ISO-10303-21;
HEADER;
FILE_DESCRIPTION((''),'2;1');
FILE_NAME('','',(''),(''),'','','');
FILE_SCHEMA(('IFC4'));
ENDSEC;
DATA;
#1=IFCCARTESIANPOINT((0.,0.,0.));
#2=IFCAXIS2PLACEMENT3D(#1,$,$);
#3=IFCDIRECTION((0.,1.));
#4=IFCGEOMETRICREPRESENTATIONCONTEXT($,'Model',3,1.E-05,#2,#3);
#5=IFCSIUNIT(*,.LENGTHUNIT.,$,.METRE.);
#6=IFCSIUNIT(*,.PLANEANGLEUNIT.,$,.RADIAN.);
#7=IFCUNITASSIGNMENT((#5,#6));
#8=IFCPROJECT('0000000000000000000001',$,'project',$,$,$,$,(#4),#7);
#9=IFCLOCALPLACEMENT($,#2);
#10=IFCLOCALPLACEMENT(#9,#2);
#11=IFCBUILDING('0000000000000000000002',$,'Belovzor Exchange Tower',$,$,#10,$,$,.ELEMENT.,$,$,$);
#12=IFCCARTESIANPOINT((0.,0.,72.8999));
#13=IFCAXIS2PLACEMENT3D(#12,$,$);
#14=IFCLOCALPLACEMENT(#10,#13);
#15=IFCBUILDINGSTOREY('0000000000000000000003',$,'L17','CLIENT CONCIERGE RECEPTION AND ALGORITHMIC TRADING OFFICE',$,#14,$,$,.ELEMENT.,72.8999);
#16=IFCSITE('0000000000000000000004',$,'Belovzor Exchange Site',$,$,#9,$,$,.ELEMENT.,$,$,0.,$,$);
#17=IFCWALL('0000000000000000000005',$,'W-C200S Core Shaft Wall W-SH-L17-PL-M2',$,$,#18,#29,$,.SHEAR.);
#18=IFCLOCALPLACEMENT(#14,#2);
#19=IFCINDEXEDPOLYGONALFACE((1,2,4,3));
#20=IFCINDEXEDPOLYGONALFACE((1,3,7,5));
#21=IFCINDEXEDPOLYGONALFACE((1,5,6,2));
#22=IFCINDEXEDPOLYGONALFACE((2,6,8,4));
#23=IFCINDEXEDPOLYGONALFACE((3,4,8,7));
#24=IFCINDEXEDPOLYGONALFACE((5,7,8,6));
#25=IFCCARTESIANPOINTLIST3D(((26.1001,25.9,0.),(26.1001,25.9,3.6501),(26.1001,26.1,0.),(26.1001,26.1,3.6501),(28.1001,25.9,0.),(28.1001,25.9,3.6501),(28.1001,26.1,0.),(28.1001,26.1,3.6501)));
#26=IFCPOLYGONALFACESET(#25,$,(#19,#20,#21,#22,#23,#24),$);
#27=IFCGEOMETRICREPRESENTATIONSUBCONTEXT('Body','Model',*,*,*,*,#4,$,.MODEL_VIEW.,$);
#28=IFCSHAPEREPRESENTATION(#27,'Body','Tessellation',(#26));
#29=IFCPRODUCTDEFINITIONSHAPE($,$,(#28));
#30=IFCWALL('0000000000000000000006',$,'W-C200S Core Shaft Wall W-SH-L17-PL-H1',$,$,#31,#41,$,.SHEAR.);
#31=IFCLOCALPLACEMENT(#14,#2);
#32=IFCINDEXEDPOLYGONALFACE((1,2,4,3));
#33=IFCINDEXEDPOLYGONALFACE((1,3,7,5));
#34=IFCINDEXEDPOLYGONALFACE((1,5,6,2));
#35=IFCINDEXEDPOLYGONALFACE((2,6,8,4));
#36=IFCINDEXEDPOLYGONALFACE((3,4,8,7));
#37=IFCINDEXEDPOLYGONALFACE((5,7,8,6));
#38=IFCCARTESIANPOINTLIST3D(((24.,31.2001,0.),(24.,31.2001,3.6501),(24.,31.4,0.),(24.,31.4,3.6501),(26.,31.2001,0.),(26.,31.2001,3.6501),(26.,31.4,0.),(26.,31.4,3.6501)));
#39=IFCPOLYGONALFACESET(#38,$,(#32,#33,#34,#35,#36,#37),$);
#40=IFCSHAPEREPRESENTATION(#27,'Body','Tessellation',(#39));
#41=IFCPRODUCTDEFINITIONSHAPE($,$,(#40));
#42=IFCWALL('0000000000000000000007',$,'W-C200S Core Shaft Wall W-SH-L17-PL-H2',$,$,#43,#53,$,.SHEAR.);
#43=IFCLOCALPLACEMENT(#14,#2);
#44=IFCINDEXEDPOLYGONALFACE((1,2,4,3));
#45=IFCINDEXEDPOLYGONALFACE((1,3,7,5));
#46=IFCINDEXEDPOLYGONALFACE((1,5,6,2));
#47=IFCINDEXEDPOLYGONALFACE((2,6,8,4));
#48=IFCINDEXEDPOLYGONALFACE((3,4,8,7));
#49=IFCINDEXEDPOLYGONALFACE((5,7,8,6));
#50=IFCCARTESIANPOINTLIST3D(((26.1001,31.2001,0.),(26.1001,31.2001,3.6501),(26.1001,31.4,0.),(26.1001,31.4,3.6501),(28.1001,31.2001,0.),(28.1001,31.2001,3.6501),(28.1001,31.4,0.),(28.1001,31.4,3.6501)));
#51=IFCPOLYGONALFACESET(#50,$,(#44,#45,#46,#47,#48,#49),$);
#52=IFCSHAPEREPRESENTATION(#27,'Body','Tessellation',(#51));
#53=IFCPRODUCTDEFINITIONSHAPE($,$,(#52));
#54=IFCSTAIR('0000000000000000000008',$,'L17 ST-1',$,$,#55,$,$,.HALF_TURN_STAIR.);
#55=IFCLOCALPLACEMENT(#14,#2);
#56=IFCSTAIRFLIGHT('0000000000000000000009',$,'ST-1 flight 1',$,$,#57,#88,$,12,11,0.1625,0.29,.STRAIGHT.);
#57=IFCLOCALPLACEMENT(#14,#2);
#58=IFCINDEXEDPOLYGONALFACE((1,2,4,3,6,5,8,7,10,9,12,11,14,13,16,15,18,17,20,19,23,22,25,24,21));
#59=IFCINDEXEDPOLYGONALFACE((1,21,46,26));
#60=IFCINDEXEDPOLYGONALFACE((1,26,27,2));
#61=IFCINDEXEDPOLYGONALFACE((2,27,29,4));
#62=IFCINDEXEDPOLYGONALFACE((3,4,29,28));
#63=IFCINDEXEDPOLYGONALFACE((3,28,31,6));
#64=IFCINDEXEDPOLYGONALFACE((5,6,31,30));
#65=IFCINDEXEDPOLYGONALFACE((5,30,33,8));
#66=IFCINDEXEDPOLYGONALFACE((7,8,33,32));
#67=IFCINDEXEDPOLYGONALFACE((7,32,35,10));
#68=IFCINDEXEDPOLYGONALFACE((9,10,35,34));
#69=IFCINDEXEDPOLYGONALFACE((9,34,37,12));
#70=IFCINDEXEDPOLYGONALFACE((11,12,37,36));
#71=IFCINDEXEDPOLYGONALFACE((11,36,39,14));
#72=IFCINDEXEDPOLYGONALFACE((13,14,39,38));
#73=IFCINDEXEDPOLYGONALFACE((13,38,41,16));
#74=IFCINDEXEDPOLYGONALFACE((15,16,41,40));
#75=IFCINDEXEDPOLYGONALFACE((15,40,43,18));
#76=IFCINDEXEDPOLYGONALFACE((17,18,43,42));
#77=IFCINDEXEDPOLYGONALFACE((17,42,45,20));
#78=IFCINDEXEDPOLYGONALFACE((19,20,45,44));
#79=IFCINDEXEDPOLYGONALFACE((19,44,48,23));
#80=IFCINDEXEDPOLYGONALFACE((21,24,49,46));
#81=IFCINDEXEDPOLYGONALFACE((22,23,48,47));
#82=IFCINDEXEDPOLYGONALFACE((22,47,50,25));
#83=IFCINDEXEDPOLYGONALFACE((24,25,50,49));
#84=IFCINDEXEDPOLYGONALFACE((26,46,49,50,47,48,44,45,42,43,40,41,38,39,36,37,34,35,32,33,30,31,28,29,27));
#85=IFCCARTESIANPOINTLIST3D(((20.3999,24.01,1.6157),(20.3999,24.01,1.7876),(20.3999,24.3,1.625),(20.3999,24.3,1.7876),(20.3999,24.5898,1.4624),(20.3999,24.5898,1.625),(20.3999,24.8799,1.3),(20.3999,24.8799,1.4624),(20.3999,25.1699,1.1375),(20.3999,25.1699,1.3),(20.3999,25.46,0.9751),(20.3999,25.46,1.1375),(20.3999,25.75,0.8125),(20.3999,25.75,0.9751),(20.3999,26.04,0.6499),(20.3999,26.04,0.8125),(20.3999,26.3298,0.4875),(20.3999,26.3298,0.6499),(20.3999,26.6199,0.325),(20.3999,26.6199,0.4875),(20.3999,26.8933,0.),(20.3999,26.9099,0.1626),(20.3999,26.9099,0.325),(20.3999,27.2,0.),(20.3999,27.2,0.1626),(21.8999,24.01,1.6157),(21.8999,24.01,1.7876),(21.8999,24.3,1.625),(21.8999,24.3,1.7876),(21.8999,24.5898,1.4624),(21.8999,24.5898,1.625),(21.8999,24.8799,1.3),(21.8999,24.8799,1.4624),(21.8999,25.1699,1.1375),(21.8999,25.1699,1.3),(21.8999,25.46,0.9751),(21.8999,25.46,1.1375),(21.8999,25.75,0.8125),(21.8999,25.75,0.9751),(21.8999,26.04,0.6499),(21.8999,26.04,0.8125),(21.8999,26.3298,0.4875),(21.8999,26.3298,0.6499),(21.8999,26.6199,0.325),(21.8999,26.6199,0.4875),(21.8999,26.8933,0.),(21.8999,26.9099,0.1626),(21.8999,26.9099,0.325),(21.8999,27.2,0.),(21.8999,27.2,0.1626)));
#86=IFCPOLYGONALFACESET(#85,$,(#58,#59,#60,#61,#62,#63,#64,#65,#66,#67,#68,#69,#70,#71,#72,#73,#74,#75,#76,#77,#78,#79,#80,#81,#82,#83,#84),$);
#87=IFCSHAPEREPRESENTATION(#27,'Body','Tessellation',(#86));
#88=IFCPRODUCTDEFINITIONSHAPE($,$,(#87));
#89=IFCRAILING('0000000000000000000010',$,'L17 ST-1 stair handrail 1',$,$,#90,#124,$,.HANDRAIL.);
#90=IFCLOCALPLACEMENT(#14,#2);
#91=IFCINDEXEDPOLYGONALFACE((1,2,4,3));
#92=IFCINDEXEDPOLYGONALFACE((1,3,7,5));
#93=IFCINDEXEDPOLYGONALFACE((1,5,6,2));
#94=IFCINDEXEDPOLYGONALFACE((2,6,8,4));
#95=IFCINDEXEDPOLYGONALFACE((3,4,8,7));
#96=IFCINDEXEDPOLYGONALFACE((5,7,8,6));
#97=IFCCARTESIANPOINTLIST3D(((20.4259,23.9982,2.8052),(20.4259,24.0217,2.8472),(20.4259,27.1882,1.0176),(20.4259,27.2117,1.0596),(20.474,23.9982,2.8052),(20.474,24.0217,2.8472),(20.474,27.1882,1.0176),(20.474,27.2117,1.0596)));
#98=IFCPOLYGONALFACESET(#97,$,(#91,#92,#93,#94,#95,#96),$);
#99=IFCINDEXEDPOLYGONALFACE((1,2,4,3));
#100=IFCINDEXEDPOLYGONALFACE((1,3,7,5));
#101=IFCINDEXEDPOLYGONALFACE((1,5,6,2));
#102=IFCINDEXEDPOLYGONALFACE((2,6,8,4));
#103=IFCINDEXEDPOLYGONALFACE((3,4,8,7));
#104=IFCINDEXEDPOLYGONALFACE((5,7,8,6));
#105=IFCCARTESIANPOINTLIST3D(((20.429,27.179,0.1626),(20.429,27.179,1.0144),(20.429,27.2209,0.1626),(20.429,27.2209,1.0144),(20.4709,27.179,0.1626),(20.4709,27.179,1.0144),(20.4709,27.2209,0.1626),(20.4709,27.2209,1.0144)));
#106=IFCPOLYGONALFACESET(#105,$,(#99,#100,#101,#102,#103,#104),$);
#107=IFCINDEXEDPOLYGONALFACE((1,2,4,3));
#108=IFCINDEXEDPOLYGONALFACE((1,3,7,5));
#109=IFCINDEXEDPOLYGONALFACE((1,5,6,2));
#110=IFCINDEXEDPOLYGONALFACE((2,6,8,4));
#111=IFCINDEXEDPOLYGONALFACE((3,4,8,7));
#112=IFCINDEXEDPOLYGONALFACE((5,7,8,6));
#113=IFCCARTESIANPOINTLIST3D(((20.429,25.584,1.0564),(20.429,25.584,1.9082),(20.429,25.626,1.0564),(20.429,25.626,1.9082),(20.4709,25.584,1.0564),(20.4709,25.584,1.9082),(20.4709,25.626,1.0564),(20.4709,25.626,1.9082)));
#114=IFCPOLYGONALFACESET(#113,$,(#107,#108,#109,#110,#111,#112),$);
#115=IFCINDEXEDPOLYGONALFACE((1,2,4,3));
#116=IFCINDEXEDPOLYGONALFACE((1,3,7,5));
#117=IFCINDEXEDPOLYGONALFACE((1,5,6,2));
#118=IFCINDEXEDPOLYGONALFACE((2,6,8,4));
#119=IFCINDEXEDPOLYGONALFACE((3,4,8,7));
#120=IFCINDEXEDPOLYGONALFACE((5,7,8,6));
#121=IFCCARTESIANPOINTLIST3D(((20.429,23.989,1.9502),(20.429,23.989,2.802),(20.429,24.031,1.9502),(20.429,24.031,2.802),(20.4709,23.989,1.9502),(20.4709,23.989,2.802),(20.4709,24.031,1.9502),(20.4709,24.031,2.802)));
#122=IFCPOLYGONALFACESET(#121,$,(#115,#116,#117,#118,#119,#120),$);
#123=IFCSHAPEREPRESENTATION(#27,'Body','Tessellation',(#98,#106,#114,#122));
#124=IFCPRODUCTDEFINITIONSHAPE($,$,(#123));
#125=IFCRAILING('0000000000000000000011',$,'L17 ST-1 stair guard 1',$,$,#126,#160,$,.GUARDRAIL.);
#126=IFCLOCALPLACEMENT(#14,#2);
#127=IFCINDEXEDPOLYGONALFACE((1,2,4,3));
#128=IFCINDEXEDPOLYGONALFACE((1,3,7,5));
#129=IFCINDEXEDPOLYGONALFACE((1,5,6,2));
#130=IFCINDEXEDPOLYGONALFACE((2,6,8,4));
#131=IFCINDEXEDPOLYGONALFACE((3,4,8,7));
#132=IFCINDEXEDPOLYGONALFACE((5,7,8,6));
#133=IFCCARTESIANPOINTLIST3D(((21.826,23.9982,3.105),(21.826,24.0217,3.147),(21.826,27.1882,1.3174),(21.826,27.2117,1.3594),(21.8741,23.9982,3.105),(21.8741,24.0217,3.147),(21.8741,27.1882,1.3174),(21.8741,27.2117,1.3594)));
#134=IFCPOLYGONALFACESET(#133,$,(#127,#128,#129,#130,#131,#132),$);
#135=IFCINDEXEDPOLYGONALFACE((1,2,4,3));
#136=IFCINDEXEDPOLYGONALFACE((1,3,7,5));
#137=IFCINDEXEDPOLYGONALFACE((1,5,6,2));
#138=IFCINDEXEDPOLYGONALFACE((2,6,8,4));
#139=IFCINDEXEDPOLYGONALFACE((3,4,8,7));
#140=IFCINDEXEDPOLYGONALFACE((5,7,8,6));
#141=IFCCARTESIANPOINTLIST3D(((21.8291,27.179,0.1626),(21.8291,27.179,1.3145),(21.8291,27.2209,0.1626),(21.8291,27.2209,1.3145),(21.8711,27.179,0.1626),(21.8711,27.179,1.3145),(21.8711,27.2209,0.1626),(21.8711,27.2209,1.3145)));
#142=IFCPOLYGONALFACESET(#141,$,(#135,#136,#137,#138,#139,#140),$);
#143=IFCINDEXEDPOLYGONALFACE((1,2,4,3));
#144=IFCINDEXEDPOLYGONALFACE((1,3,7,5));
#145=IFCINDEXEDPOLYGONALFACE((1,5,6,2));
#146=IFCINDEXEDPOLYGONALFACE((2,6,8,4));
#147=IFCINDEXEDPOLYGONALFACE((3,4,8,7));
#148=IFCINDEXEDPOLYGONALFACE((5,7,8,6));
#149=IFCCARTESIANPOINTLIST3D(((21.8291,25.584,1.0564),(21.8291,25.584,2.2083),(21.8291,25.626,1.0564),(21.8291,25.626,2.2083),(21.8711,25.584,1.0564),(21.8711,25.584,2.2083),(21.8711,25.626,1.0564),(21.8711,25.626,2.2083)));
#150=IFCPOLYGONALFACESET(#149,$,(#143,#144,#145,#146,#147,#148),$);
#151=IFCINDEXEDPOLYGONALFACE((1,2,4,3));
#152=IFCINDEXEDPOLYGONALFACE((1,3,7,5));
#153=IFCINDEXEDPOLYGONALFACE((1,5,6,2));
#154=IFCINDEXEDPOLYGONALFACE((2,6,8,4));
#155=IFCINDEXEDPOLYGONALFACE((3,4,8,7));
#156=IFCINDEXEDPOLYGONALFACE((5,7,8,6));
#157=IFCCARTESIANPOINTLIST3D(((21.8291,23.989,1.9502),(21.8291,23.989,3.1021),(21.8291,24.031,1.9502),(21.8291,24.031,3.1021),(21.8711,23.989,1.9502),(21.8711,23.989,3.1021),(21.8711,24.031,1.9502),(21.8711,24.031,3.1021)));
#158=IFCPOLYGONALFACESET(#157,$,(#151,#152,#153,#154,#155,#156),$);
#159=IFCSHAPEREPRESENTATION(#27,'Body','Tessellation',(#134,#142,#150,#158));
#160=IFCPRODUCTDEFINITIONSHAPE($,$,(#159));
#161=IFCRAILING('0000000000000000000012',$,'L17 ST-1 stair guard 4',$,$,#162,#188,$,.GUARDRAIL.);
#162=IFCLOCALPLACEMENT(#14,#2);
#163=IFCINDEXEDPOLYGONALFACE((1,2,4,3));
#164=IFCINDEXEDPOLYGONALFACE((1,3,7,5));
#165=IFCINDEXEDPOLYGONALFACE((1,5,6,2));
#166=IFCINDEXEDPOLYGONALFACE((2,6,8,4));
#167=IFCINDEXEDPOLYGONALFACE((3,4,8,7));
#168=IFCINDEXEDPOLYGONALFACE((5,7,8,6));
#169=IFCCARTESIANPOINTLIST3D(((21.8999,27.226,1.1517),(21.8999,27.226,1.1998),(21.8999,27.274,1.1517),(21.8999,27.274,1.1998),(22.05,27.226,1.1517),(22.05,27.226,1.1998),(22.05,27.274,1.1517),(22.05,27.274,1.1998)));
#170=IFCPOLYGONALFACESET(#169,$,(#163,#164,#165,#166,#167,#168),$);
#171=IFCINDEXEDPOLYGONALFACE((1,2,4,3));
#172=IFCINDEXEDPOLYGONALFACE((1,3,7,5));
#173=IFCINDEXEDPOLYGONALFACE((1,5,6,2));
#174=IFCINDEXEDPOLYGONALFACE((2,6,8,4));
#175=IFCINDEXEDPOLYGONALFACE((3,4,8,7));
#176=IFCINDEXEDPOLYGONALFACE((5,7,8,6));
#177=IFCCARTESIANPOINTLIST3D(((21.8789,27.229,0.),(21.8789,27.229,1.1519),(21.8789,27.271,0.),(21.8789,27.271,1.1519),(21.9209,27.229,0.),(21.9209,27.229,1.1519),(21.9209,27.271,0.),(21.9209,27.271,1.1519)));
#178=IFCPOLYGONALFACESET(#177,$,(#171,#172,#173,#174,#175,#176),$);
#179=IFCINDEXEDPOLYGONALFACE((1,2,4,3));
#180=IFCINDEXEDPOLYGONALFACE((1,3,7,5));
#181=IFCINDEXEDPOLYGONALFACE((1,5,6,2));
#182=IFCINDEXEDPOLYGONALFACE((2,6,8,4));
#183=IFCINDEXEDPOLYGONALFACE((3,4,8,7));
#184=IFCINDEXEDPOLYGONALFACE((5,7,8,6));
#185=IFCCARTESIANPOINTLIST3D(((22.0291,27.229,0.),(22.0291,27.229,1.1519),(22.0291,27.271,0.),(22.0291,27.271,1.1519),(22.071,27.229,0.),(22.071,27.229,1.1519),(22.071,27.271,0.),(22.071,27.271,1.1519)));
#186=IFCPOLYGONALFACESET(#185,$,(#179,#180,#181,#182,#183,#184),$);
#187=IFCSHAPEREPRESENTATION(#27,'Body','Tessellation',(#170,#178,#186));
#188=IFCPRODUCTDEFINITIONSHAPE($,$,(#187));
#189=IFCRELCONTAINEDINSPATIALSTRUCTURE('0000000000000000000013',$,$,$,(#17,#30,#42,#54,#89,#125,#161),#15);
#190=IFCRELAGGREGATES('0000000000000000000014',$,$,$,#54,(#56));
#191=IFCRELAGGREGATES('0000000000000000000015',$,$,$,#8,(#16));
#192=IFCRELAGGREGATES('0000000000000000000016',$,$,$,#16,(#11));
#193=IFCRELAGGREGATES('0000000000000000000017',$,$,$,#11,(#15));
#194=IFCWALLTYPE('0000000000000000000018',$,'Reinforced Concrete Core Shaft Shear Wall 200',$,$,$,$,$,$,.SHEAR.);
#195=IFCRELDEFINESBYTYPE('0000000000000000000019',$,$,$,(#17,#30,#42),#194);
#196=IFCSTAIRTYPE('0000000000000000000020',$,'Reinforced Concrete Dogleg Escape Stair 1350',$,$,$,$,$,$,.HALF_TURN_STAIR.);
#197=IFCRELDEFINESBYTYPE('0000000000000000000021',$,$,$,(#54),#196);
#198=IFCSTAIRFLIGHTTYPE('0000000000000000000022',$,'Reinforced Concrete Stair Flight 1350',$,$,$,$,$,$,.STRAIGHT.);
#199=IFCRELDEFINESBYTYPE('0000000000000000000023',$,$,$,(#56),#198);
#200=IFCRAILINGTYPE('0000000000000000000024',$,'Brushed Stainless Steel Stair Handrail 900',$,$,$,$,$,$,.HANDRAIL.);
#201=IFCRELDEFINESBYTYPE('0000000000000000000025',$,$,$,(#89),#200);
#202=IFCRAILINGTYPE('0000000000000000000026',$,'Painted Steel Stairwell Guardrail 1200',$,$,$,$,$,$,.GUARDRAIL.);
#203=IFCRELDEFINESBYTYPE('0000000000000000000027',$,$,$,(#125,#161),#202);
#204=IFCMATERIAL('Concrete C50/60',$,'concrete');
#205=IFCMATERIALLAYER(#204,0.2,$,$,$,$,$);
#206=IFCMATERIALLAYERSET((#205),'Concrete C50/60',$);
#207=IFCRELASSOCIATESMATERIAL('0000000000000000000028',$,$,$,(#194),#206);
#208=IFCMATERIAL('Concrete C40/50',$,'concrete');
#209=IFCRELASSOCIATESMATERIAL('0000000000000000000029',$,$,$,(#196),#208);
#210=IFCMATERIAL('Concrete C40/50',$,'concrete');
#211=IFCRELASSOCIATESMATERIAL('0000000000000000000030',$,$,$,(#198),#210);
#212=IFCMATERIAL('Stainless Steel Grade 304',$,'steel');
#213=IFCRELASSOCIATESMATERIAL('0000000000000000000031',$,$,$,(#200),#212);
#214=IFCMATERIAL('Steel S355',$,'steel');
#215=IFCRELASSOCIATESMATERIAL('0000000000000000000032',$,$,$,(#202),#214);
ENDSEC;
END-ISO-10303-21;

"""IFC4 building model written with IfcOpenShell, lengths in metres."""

from ifc_helpers import new_model, si_unit, direction, frame, frame_2d, origin, origin_2d, place, context, subcontext, project, spatial, polyline, rectangle, outline, extrude, material, layer, layer_set, type_object, element, aggregate, save


model = new_model("IFC4")

# Units and contexts
model_context = context("Model", 3, precision=1e-05, world=origin(), true_north=direction((0.0, 1.0)))
body_context = subcontext(model_context, "Body", "Model", "MODEL_VIEW")
ifc_project = project(units=[si_unit("LENGTHUNIT", "METRE"), si_unit("PLANEANGLEUNIT", "RADIAN")], contexts=[model_context])

# Site, building, storey
site_placement = place(None, origin())
site = spatial("IfcSite", under=ifc_project, at=site_placement, Name="Belovzor Exchange Site", CompositionType="ELEMENT", RefElevation=0.0)
building_placement = place(site_placement, origin())
building = spatial("IfcBuilding", under=site, at=building_placement, Name="Belovzor Exchange Tower", CompositionType="ELEMENT")
storey_placement = place(building_placement, frame((0.0, 0.0, 72.8999)))
storey = spatial("IfcBuildingStorey", under=building, at=storey_placement, Name="L17", Description="CLIENT CONCIERGE RECEPTION AND ALGORITHMIC TRADING OFFICE", CompositionType="ELEMENT", Elevation=72.8999)

# Shared definitions
ifc_material_1 = material(Name="Concrete C50/60", Category="concrete")
ifc_layer_1 = layer(ifc_material_1, 0.2)
ifc_layer_set_1 = layer_set([ifc_layer_1], Name="Concrete C50/60")
wall_type_1 = type_object("IfcWallType", Name="Reinforced Concrete Core Shaft Shear Wall 200", PredefinedType="SHEAR", material=ifc_layer_set_1)

# Walls
for number, where, z_axis, x_axis, name in (
    (1, (26.1001, 26.0, 0.0), (0.0, 0.0, 1.0), (1.0, 0.0, 0.0), "W-C200S Core Shaft Wall W-SH-L17-PL-M2"),
    (2, (24.0, 31.3, 0.0), (0.0, 0.0, 1.0), (1.0, 0.0, 0.0), "W-C200S Core Shaft Wall W-SH-L17-PL-H1"),
    (3, (26.1001, 31.3, 0.0), (0.0, 0.0, 1.0), (1.0, 0.0, 0.0), "W-C200S Core Shaft Wall W-SH-L17-PL-H2"),
):
    element("IfcWall", number, at=place(storey_placement, frame(where, z_axis=z_axis, x_axis=x_axis)), inside=storey, type_object=wall_type_1, Name=name, PredefinedType="SHEAR", context=body_context, shape_type="SweptSolid", body=[
        extrude(rectangle(XDim=2.0, YDim=0.2, at=frame_2d((1.0, 0.0))), origin(), (0.0, 0.0, 1.0), 3.6501),
    ])

# Stair, stair flight
ifc_material_2 = material(Name="Concrete C40/50", Category="concrete")
stair_type = type_object("IfcStairType", Name="Reinforced Concrete Dogleg Escape Stair 1350", PredefinedType="HALF_TURN_STAIR", material=ifc_material_2)
stair_placement = place(storey_placement, origin())
stair = element("IfcStair", 4, at=stair_placement, inside=storey, type_object=stair_type, Name="L17 ST-1", PredefinedType="HALF_TURN_STAIR")
ifc_material_3 = material(Name="Concrete C40/50", Category="concrete")
stair_flight_type = type_object("IfcStairFlightType", Name="Reinforced Concrete Stair Flight 1350", PredefinedType="STRAIGHT", material=ifc_material_3)
stair_flight_placement = place(storey_placement, frame((21.1499, 27.2, 0.0), z_axis=(0.0, 0.0, 1.0), x_axis=(0.0, -1.0, 0.0)))
stair_flight = element("IfcStairFlight", 5, at=stair_flight_placement, type_object=stair_flight_type, Name="ST-1 flight 1", NumberOfRisers=12, NumberOfTreads=11, PredefinedType="STRAIGHT", RiserHeight=0.1625, TreadLength=0.29, context=body_context, shape_type="SweptSolid", body=[
    extrude(outline(polyline([(0.0, 0.0), (0.0, 0.1626), (0.29, 0.1626), (0.29, 0.325), (0.5801, 0.325), (0.5801, 0.4875), (0.8701, 0.4875), (0.8701, 0.6499), (1.1599, 0.6499), (1.1599, 0.8125), (1.45, 0.8125), (1.45, 0.9751), (1.74, 0.9751), (1.74, 1.1375), (2.03, 1.1375), (2.03, 1.3), (2.3201, 1.3), (2.3201, 1.4624), (2.6101, 1.4624), (2.6101, 1.625), (2.8999, 1.625), (2.8999, 1.7876), (3.1899, 1.7876), (3.1899, 1.95), (3.1899, 1.6157), (0.3066, 0.0), (0.0, 0.0)])), frame((0.0, 0.75, 0.0), z_axis=(0.0, -1.0, 0.0), x_axis=(1.0, 0.0, 0.0)), (0.0, 0.0, 1.0), 1.5),
])
aggregate(stair, [stair_flight])

# Railings
ifc_material_4 = material(Name="Stainless Steel Grade 304", Category="steel")
railing_type_1 = type_object("IfcRailingType", Name="Brushed Stainless Steel Stair Handrail 900", PredefinedType="HANDRAIL", material=ifc_material_4)
railing_1_placement = place(storey_placement, frame((20.45, 27.2, 0.1626)))
element("IfcRailing", 6, at=railing_1_placement, inside=storey, type_object=railing_type_1, Name="L17 ST-1 stair handrail 1", PredefinedType="HANDRAIL", context=body_context, shape_type="SweptSolid", body=[
    extrude(rectangle(XDim=0.0481, YDim=0.0481, at=origin_2d()), frame((0.0, 0.0, 0.876), z_axis=(0.0, -0.872363, 0.48886), x_axis=(1.0, 0.0, 0.0)), (0.0, 0.0, 1.0), 3.6567),
    extrude(rectangle(XDim=0.042, YDim=0.042, at=origin_2d()), origin(), (0.0, 0.0, 1.0), 0.8518),
    extrude(rectangle(XDim=0.042, YDim=0.042, at=origin_2d()), frame((0.0, -1.595, 0.8938)), (0.0, 0.0, 1.0), 0.8518),
    extrude(rectangle(XDim=0.042, YDim=0.042, at=origin_2d()), frame((0.0, -3.1899, 1.7876)), (0.0, 0.0, 1.0), 0.8518),
])
ifc_material_5 = material(Name="Steel S355", Category="steel")
railing_type_2 = type_object("IfcRailingType", Name="Painted Steel Stairwell Guardrail 1200", PredefinedType="GUARDRAIL", material=ifc_material_5)
railing_2_placement = place(storey_placement, frame((21.8501, 27.2, 0.1626)))
element("IfcRailing", 7, at=railing_2_placement, inside=storey, type_object=railing_type_2, Name="L17 ST-1 stair guard 1", PredefinedType="GUARDRAIL", context=body_context, shape_type="SweptSolid", body=[
    extrude(rectangle(XDim=0.0481, YDim=0.0481, at=origin_2d()), frame((0.0, 0.0, 1.1758), z_axis=(0.0, -0.872363, 0.48886), x_axis=(1.0, 0.0, 0.0)), (0.0, 0.0, 1.0), 3.6567),
    extrude(rectangle(XDim=0.042, YDim=0.042, at=origin_2d()), origin(), (0.0, 0.0, 1.0), 1.1519),
    extrude(rectangle(XDim=0.042, YDim=0.042, at=origin_2d()), frame((0.0, -1.595, 0.8938)), (0.0, 0.0, 1.0), 1.1519),
    extrude(rectangle(XDim=0.042, YDim=0.042, at=origin_2d()), frame((0.0, -3.1899, 1.7876)), (0.0, 0.0, 1.0), 1.1519),
])
railing_3_placement = place(storey_placement, frame((21.8999, 27.25, 0.0)))
element("IfcRailing", 8, at=railing_3_placement, inside=storey, type_object=railing_type_2, Name="L17 ST-1 stair guard 4", PredefinedType="GUARDRAIL", context=body_context, shape_type="SweptSolid", body=[
    extrude(rectangle(XDim=0.0481, YDim=0.0481, at=origin_2d()), frame((0.0, 0.0, 1.1758), z_axis=(1.0, 0.0, 0.0), x_axis=(0.0, 1.0, 0.0)), (0.0, 0.0, 1.0), 0.1501),
    extrude(rectangle(XDim=0.042, YDim=0.042, at=origin_2d()), origin(), (0.0, 0.0, 1.0), 1.1519),
    extrude(rectangle(XDim=0.042, YDim=0.042, at=origin_2d()), frame((0.1501, 0.0, 0.0)), (0.0, 0.0, 1.0), 1.1519),
])

save(model, "model.ifc")
